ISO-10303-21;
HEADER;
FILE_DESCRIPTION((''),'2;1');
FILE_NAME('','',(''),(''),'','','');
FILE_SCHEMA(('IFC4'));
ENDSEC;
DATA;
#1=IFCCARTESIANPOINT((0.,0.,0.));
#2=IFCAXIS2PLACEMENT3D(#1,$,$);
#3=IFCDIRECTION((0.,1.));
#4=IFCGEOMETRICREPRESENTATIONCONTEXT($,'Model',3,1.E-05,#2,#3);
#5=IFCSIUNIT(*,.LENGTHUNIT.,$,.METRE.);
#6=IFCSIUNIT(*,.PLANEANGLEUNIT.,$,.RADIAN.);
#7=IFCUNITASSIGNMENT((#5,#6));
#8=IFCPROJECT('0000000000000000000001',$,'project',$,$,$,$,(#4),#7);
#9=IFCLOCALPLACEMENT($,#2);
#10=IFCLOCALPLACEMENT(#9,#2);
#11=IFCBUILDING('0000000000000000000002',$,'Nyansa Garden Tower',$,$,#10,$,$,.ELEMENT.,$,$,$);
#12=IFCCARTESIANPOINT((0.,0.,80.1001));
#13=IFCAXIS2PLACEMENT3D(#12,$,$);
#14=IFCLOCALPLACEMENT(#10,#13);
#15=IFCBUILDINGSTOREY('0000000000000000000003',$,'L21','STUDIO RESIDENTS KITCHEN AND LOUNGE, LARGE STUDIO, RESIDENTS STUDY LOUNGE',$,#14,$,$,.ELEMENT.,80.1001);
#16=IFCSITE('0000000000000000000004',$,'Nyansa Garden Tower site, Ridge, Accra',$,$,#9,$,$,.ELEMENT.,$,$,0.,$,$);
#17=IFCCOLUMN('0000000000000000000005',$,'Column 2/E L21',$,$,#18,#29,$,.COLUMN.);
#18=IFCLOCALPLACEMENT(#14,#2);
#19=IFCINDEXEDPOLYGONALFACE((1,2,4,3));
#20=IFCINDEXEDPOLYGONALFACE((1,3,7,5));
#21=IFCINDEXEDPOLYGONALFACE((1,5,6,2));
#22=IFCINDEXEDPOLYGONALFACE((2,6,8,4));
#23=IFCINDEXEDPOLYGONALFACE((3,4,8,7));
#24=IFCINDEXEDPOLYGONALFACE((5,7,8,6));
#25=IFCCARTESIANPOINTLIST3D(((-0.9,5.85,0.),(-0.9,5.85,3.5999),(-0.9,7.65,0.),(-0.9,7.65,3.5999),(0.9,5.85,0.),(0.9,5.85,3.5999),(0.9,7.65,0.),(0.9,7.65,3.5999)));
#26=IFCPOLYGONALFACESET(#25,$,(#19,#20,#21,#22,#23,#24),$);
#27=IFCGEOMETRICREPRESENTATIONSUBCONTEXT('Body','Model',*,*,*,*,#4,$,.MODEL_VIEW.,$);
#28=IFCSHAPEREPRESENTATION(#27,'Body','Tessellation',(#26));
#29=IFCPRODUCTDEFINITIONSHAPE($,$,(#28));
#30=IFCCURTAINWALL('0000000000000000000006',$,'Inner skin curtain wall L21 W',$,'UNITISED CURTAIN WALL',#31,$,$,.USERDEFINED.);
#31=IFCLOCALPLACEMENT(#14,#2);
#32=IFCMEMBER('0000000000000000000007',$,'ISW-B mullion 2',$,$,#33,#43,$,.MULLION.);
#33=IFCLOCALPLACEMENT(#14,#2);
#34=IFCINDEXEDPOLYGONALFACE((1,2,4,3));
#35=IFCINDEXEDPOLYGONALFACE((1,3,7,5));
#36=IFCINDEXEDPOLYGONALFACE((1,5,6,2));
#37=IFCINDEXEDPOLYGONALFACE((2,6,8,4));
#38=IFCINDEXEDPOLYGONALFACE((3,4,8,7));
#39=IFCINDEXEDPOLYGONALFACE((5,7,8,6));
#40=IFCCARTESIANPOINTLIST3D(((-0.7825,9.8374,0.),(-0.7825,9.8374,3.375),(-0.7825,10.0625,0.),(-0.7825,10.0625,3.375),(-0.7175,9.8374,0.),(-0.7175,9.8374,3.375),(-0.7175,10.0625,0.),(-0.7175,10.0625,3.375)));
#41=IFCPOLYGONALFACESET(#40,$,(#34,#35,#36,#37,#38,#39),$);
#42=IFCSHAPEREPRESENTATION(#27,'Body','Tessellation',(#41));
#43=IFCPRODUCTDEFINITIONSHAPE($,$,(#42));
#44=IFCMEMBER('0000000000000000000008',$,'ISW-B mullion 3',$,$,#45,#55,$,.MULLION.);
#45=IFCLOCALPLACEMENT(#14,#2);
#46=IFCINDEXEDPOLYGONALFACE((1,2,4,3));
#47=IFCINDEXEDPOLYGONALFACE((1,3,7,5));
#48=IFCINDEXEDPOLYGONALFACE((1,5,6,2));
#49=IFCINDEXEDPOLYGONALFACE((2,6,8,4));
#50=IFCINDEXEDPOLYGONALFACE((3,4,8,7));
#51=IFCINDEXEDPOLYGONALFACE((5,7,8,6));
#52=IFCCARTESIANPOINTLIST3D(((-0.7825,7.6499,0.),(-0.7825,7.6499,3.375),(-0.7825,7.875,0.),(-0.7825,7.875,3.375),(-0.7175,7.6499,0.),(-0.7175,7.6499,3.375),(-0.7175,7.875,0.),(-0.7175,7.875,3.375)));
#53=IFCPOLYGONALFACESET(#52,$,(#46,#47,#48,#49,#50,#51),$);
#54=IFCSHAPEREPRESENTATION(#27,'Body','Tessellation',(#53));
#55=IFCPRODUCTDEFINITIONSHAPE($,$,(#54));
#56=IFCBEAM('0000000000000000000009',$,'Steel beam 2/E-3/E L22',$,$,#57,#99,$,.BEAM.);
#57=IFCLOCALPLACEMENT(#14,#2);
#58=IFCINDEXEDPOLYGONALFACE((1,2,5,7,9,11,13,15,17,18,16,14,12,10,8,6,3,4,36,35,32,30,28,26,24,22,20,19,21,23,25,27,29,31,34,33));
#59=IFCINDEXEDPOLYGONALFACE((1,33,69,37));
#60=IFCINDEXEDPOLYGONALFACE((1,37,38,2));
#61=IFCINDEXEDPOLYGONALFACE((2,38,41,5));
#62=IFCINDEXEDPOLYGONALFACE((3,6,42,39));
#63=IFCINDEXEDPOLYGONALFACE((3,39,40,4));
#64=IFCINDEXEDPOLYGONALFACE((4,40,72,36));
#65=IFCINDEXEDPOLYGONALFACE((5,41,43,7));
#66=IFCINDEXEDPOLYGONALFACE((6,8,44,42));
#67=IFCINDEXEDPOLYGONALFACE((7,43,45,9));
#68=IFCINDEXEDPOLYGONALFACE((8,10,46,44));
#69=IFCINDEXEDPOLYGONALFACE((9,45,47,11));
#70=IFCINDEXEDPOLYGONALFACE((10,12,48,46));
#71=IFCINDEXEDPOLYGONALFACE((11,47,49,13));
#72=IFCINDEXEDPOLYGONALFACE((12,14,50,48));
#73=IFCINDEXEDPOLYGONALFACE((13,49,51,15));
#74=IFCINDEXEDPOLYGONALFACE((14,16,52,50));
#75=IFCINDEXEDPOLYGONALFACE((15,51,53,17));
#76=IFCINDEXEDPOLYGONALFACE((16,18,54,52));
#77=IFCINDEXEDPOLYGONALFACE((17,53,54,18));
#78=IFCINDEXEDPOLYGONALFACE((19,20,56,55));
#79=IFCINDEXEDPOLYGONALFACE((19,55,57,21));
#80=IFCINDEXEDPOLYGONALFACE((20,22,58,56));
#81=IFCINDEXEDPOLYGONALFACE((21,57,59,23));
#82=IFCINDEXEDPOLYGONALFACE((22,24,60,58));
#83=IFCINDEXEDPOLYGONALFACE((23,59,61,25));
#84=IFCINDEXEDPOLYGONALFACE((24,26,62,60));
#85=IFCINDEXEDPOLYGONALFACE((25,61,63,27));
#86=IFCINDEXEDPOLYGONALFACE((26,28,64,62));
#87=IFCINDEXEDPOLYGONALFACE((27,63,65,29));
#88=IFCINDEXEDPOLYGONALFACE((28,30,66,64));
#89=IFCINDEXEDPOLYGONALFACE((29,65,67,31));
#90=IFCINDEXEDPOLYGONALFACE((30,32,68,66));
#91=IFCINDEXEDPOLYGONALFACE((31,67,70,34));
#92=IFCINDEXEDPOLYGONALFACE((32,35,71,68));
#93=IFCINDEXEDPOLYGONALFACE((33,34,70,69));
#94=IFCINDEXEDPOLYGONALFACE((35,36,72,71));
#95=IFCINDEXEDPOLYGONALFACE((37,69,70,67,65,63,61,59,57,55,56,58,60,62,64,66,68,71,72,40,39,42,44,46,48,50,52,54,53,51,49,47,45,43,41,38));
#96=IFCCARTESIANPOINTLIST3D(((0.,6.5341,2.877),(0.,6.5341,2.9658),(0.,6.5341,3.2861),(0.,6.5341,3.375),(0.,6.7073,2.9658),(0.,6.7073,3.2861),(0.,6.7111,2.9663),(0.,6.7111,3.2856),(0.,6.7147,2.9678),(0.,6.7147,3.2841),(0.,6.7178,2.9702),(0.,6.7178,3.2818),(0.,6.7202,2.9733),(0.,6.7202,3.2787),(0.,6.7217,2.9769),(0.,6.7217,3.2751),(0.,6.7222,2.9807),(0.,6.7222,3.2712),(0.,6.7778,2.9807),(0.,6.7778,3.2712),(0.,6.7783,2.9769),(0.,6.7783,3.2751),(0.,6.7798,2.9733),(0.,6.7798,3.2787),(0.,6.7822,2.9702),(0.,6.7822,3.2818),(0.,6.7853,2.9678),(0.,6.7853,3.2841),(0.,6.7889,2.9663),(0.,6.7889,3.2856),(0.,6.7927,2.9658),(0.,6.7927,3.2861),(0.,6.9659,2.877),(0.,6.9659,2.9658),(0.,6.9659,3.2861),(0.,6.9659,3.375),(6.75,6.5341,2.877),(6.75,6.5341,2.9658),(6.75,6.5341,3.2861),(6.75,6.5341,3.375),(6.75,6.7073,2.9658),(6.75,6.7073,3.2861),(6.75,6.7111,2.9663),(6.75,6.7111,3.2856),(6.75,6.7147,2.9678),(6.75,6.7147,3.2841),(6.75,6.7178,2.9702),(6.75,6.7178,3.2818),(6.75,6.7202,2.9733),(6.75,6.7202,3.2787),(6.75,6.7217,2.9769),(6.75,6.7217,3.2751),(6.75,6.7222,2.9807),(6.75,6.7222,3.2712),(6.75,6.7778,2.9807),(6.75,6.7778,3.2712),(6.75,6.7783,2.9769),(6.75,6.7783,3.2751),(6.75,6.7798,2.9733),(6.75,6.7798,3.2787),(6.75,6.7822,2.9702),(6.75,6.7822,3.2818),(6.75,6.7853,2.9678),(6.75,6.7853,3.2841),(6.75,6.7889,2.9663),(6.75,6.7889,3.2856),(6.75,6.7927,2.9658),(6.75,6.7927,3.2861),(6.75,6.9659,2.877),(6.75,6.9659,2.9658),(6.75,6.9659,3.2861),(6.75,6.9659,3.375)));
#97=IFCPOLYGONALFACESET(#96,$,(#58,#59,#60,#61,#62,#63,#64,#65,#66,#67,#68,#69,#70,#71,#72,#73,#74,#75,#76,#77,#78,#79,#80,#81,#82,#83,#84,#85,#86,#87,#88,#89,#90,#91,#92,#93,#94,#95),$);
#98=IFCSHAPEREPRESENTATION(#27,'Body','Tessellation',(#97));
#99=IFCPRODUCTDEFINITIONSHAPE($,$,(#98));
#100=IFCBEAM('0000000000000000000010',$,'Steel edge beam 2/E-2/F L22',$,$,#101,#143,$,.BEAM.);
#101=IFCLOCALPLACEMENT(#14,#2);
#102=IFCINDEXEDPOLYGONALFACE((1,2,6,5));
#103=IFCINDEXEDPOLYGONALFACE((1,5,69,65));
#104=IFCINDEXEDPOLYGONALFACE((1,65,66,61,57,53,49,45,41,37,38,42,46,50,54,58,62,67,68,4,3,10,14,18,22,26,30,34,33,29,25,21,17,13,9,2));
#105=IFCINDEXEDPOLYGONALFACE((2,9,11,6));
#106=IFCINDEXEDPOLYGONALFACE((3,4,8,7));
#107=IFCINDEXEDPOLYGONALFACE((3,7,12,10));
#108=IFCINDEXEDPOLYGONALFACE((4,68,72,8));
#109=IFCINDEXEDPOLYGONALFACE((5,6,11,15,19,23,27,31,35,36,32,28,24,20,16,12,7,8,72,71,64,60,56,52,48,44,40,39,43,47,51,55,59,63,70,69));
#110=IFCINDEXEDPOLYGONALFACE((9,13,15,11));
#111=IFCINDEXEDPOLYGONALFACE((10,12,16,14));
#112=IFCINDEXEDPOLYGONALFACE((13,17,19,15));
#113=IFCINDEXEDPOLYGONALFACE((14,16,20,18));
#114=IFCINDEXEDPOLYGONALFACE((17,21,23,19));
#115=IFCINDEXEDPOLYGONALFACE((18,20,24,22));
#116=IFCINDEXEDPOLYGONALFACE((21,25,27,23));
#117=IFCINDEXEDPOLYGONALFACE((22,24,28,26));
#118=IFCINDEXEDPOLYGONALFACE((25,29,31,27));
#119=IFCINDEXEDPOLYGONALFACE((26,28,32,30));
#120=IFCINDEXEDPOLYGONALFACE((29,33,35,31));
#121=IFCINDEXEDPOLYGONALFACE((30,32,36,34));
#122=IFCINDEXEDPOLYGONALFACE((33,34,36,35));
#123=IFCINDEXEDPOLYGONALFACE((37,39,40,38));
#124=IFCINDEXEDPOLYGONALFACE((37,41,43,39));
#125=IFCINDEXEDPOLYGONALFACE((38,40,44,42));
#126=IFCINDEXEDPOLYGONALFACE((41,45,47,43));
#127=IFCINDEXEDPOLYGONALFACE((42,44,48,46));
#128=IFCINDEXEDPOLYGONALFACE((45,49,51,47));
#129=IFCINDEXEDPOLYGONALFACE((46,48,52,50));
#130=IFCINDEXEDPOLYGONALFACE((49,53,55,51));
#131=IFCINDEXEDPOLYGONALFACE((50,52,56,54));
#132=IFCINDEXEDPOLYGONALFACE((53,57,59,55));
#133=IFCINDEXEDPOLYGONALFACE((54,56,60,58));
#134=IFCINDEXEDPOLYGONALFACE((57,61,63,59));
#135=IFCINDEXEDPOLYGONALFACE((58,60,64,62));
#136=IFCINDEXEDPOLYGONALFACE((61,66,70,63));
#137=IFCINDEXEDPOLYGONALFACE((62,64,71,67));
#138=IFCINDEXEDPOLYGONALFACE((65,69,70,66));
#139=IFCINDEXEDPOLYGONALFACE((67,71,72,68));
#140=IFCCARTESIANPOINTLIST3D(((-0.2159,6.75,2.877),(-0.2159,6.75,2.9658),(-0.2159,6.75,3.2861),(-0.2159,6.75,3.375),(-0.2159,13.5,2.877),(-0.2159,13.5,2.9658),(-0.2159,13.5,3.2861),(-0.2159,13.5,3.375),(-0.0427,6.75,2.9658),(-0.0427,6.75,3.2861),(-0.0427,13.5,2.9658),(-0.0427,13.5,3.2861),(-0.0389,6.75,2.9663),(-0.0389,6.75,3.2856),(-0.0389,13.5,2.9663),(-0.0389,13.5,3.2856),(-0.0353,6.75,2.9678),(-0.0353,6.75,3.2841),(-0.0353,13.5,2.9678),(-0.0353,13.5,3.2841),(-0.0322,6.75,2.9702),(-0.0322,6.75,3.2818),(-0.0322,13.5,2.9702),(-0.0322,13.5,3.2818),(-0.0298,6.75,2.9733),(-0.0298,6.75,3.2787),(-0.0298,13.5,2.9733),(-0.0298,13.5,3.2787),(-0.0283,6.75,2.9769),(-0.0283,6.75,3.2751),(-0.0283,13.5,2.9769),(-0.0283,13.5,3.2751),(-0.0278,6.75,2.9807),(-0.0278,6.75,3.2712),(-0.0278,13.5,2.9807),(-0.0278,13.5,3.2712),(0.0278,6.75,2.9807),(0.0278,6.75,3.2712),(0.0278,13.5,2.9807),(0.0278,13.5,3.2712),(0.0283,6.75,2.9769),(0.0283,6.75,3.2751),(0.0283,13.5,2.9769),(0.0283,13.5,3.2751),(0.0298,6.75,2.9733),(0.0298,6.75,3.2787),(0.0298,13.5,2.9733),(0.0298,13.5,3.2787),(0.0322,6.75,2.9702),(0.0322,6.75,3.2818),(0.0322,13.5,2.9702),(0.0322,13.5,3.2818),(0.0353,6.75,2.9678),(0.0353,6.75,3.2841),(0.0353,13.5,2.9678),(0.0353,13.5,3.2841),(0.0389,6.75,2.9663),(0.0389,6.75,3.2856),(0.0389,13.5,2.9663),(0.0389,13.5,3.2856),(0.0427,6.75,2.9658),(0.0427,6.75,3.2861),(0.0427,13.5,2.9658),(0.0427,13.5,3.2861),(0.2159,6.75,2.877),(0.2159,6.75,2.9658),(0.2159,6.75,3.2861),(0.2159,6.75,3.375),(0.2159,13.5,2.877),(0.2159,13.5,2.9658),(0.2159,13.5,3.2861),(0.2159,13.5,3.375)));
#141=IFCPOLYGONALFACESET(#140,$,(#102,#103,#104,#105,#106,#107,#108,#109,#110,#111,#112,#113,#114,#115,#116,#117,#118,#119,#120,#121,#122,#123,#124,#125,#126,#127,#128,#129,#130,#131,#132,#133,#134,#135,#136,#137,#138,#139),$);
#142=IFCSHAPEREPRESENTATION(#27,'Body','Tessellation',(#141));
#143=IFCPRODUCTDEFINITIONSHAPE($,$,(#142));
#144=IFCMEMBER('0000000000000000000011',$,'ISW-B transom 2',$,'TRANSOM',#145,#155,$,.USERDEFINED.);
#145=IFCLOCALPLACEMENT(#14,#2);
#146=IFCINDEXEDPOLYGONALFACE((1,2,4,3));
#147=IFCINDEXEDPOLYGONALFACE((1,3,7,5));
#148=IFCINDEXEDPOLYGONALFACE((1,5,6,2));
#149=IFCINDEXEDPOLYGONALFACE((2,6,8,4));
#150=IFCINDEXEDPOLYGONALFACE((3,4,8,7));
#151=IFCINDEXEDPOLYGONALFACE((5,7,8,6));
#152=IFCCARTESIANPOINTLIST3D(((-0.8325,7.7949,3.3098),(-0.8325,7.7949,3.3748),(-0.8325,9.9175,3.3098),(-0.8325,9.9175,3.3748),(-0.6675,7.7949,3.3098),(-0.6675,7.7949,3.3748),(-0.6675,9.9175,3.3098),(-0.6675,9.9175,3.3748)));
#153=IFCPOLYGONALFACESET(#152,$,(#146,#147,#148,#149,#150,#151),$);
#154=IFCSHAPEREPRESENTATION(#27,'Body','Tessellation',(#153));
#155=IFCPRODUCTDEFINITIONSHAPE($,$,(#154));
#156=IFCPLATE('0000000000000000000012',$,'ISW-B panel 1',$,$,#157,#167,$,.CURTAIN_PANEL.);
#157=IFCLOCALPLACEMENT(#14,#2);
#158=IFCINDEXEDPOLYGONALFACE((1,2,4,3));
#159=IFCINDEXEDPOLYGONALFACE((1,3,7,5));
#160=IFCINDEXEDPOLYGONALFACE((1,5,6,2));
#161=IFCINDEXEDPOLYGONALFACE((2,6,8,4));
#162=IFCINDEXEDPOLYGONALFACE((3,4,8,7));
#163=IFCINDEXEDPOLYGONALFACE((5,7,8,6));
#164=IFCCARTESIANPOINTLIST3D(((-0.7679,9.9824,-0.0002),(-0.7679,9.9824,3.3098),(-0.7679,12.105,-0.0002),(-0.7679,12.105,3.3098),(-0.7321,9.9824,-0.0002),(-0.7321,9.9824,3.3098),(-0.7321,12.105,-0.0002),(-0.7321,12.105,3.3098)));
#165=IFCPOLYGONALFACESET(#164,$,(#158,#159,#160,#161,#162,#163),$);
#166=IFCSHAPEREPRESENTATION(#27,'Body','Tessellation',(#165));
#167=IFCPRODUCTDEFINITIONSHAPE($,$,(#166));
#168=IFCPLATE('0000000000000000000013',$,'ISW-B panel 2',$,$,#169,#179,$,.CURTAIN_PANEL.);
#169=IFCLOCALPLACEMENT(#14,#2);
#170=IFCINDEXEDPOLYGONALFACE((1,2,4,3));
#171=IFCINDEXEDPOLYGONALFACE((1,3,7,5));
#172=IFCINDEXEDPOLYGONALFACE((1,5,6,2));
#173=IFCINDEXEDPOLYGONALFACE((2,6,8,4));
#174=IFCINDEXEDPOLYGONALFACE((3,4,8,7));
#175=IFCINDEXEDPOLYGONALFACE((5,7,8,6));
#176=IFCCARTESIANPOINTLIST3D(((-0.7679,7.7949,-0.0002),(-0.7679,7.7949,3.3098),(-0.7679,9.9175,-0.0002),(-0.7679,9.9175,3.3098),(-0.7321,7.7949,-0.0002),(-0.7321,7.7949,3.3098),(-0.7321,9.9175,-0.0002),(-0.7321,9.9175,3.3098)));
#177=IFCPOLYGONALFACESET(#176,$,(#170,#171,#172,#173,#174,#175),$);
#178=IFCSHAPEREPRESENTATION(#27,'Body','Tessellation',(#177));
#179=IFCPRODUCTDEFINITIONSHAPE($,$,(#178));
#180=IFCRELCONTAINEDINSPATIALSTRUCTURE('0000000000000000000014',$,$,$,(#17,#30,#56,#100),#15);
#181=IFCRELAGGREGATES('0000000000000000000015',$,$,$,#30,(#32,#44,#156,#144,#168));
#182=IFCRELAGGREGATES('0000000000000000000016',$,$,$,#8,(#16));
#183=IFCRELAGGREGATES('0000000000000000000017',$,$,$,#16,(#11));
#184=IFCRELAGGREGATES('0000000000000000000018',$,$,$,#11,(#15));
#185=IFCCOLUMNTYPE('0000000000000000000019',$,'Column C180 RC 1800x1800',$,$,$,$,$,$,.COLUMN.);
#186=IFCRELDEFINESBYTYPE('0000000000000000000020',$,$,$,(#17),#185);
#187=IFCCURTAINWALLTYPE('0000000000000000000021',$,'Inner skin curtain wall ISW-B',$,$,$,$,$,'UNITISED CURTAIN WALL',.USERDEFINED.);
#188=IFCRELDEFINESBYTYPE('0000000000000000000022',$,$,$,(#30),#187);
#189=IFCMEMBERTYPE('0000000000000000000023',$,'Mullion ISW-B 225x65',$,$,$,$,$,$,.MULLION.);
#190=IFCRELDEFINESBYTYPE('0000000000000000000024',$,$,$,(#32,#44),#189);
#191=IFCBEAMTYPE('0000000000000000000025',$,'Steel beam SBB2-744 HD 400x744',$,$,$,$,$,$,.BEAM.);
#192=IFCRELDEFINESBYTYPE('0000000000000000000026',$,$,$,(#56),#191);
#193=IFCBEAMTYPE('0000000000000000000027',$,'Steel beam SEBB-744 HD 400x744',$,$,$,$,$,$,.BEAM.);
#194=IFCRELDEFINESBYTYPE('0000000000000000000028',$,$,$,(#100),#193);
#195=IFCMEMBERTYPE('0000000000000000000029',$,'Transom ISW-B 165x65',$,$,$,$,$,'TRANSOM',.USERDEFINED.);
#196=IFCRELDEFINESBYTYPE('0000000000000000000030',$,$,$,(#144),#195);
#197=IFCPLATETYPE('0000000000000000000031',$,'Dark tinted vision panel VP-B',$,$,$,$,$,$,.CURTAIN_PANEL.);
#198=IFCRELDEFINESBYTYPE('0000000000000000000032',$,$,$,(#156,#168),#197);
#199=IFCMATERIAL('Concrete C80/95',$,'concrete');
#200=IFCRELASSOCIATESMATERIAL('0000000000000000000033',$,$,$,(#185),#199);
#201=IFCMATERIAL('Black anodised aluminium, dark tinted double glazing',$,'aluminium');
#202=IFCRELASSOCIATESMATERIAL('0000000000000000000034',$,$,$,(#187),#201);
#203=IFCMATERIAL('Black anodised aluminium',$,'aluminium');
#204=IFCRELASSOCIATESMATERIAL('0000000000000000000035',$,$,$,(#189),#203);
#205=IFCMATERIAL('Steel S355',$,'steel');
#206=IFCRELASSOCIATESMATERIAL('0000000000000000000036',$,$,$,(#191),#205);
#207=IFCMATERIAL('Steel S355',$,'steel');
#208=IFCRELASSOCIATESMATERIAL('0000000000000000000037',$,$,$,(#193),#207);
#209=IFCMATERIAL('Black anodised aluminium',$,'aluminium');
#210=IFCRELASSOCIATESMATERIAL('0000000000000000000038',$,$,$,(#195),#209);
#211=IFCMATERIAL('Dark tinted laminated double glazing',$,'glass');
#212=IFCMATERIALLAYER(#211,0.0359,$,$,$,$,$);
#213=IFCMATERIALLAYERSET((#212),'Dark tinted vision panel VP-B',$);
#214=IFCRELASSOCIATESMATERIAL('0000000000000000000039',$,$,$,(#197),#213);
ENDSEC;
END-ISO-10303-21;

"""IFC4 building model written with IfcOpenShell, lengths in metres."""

from ifc_helpers import new_model, si_unit, direction, frame, origin, origin_2d, place, context, subcontext, project, spatial, rectangle, i_section, extrude, material, layer, layer_set, material_profile, profile_set, type_object, element, aggregate, save


model = new_model("IFC4")

# Units and contexts
model_context = context("Model", 3, precision=1e-05, world=origin(), true_north=direction((0.0, 1.0)))
body_context = subcontext(model_context, "Body", "Model", "MODEL_VIEW")
ifc_project = project(units=[si_unit("LENGTHUNIT", "METRE"), si_unit("PLANEANGLEUNIT", "RADIAN")], contexts=[model_context])

# Site, building, storey
site_placement = place(None, origin())
site = spatial("IfcSite", under=ifc_project, at=site_placement, Name="Nyansa Garden Tower site, Ridge, Accra", CompositionType="ELEMENT", RefElevation=0.0)
building_placement = place(site_placement, origin())
building = spatial("IfcBuilding", under=site, at=building_placement, Name="Nyansa Garden Tower", CompositionType="ELEMENT")
storey_placement = place(building_placement, frame((0.0, 0.0, 80.1001)))
storey = spatial("IfcBuildingStorey", under=building, at=storey_placement, Name="L21", Description="STUDIO RESIDENTS KITCHEN AND LOUNGE, LARGE STUDIO, RESIDENTS STUDY LOUNGE", CompositionType="ELEMENT", Elevation=80.1001)

# Column
ifc_material_1 = material(Name="Concrete C80/95", Category="concrete")
ifc_material_profile_1 = material_profile(ifc_material_1, rectangle(XDim=1.8, YDim=1.8, at=origin_2d()), Name="RC 1800x1800")
ifc_profile_set_1 = profile_set([ifc_material_profile_1], Name="Concrete C80/95")
column_type = type_object("IfcColumnType", Name="Column C180 RC 1800x1800", PredefinedType="COLUMN", material=ifc_profile_set_1)
column_placement = place(storey_placement, frame((0.0, 6.75, 0.0), z_axis=(0.0, 0.0, 1.0), x_axis=(1.0, 0.0, 0.0)))
element("IfcColumn", 1, at=column_placement, inside=storey, type_object=column_type, Name="Column 2/E L21", PredefinedType="COLUMN", context=body_context, shape_type="SweptSolid", body=[
    extrude(rectangle(XDim=1.8, YDim=1.8, at=origin_2d()), origin(), (0.0, 0.0, 1.0), 3.5999),
])

# Curtain wall, members
ifc_material_2 = material(Name="Black anodised aluminium, dark tinted double glazing", Category="aluminium")
curtain_wall_type = type_object("IfcCurtainWallType", Name="Inner skin curtain wall ISW-B", ElementType="UNITISED CURTAIN WALL", PredefinedType="USERDEFINED", material=ifc_material_2)
curtain_wall_placement = place(storey_placement, origin())
curtain_wall = element("IfcCurtainWall", 2, at=curtain_wall_placement, inside=storey, type_object=curtain_wall_type, Name="Inner skin curtain wall L21 W", ObjectType="UNITISED CURTAIN WALL", PredefinedType="USERDEFINED")
ifc_material_3 = material(Name="Black anodised aluminium", Category="aluminium")
ifc_material_profile_2 = material_profile(ifc_material_3, rectangle(XDim=0.0649, YDim=0.2251, at=origin_2d()), Name="Mullion 225x65")
ifc_profile_set_2 = profile_set([ifc_material_profile_2], Name="Black anodised aluminium")
member_type_1 = type_object("IfcMemberType", Name="Mullion ISW-B 225x65", PredefinedType="MULLION", material=ifc_profile_set_2)
member_1_placement = place(storey_placement, frame((-0.75, 9.95, 0.0), z_axis=(0.0, 0.0, 1.0), x_axis=(1.0, 0.0, 0.0)))
member_1 = element("IfcMember", 3, at=member_1_placement, type_object=member_type_1, Name="ISW-B mullion 2", PredefinedType="MULLION", context=body_context, shape_type="SweptSolid", body=[
    extrude(rectangle(XDim=0.0649, YDim=0.2251, at=origin_2d()), origin(), (0.0, 0.0, 1.0), 3.375),
])
member_2_placement = place(storey_placement, frame((-0.75, 7.7625, 0.0), z_axis=(0.0, 0.0, 1.0), x_axis=(1.0, 0.0, 0.0)))
member_2 = element("IfcMember", 4, at=member_2_placement, type_object=member_type_1, Name="ISW-B mullion 3", PredefinedType="MULLION", context=body_context, shape_type="SweptSolid", body=[
    extrude(rectangle(XDim=0.0649, YDim=0.2251, at=origin_2d()), origin(), (0.0, 0.0, 1.0), 3.375),
])

# Beams
ifc_material_4 = material(Name="Steel S355", Category="steel")
ifc_material_profile_3 = material_profile(ifc_material_4, i_section(OverallWidth=0.4319, OverallDepth=0.498, WebThickness=0.0557, FlangeThickness=0.0889, FilletRadius=0.0149, at=origin_2d()), Name="HD 400x744")
ifc_profile_set_3 = profile_set([ifc_material_profile_3], Name="Steel S355")
beam_type_1 = type_object("IfcBeamType", Name="Steel beam SBB2-744 HD 400x744", PredefinedType="BEAM", material=ifc_profile_set_3)
beam_1_placement = place(storey_placement, frame((0.0, 6.75, 3.126), z_axis=(1.0, 0.0, 0.0), x_axis=(0.0, 1.0, 0.0)))
element("IfcBeam", 5, at=beam_1_placement, inside=storey, type_object=beam_type_1, Name="Steel beam 2/E-3/E L22", PredefinedType="BEAM", context=body_context, shape_type="SweptSolid", body=[
    extrude(i_section(OverallWidth=0.4319, OverallDepth=0.498, WebThickness=0.0557, FlangeThickness=0.0889, FilletRadius=0.0149, at=origin_2d()), origin(), (0.0, 0.0, 1.0), 6.75),
])
ifc_material_5 = material(Name="Steel S355", Category="steel")
ifc_material_profile_4 = material_profile(ifc_material_5, i_section(OverallWidth=0.4319, OverallDepth=0.498, WebThickness=0.0557, FlangeThickness=0.0889, FilletRadius=0.0149, at=origin_2d()), Name="HD 400x744")
ifc_profile_set_4 = profile_set([ifc_material_profile_4], Name="Steel S355")
beam_type_2 = type_object("IfcBeamType", Name="Steel beam SEBB-744 HD 400x744", PredefinedType="BEAM", material=ifc_profile_set_4)
beam_2_placement = place(storey_placement, frame((0.0, 6.75, 3.126), z_axis=(0.0, 1.0, 0.0), x_axis=(-1.0, 0.0, 0.0)))
element("IfcBeam", 6, at=beam_2_placement, inside=storey, type_object=beam_type_2, Name="Steel edge beam 2/E-2/F L22", PredefinedType="BEAM", context=body_context, shape_type="SweptSolid", body=[
    extrude(i_section(OverallWidth=0.4319, OverallDepth=0.498, WebThickness=0.0557, FlangeThickness=0.0889, FilletRadius=0.0149, at=origin_2d()), origin(), (0.0, 0.0, 1.0), 6.75),
])

# Member
ifc_material_6 = material(Name="Black anodised aluminium", Category="aluminium")
ifc_material_profile_5 = material_profile(ifc_material_6, rectangle(XDim=0.165, YDim=0.0649, at=origin_2d()), Name="Transom 165x65")
ifc_profile_set_5 = profile_set([ifc_material_profile_5], Name="Black anodised aluminium")
member_type_2 = type_object("IfcMemberType", Name="Transom ISW-B 165x65", ElementType="TRANSOM", PredefinedType="USERDEFINED", material=ifc_profile_set_5)
member_3_placement = place(storey_placement, frame((-0.75, 9.9175, 3.3423), z_axis=(0.0, -1.0, 0.0), x_axis=(1.0, 0.0, 0.0)))
member_3 = element("IfcMember", 7, at=member_3_placement, type_object=member_type_2, Name="ISW-B transom 2", ObjectType="TRANSOM", PredefinedType="USERDEFINED", context=body_context, shape_type="SweptSolid", body=[
    extrude(rectangle(XDim=0.165, YDim=0.0649, at=origin_2d()), origin(), (0.0, 0.0, 1.0), 2.1226),
])

# Plates
ifc_material_7 = material(Name="Dark tinted laminated double glazing", Category="glass")
ifc_layer_1 = layer(ifc_material_7, 0.0359)
ifc_layer_set_1 = layer_set([ifc_layer_1], Name="Dark tinted vision panel VP-B")
plate_type = type_object("IfcPlateType", Name="Dark tinted vision panel VP-B", PredefinedType="CURTAIN_PANEL", material=ifc_layer_set_1)
plate_1_placement = place(storey_placement, frame((-0.75, 11.0437, -0.0002), z_axis=(0.0, 0.0, 1.0), x_axis=(0.0, -1.0, 0.0)))
plate_1 = element("IfcPlate", 8, at=plate_1_placement, type_object=plate_type, Name="ISW-B panel 1", PredefinedType="CURTAIN_PANEL", context=body_context, shape_type="SweptSolid", body=[
    extrude(rectangle(XDim=2.1226, YDim=0.0359, at=origin_2d()), origin(), (0.0, 0.0, 1.0), 3.3101),
])
plate_2_placement = place(storey_placement, frame((-0.75, 8.8562, -0.0002), z_axis=(0.0, 0.0, 1.0), x_axis=(0.0, -1.0, 0.0)))
plate_2 = element("IfcPlate", 9, at=plate_2_placement, type_object=plate_type, Name="ISW-B panel 2", PredefinedType="CURTAIN_PANEL", context=body_context, shape_type="SweptSolid", body=[
    extrude(rectangle(XDim=2.1226, YDim=0.0359, at=origin_2d()), origin(), (0.0, 0.0, 1.0), 3.3101),
])
aggregate(curtain_wall, [member_1, member_2, plate_1, member_3, plate_2])

save(model, "model.ifc")
